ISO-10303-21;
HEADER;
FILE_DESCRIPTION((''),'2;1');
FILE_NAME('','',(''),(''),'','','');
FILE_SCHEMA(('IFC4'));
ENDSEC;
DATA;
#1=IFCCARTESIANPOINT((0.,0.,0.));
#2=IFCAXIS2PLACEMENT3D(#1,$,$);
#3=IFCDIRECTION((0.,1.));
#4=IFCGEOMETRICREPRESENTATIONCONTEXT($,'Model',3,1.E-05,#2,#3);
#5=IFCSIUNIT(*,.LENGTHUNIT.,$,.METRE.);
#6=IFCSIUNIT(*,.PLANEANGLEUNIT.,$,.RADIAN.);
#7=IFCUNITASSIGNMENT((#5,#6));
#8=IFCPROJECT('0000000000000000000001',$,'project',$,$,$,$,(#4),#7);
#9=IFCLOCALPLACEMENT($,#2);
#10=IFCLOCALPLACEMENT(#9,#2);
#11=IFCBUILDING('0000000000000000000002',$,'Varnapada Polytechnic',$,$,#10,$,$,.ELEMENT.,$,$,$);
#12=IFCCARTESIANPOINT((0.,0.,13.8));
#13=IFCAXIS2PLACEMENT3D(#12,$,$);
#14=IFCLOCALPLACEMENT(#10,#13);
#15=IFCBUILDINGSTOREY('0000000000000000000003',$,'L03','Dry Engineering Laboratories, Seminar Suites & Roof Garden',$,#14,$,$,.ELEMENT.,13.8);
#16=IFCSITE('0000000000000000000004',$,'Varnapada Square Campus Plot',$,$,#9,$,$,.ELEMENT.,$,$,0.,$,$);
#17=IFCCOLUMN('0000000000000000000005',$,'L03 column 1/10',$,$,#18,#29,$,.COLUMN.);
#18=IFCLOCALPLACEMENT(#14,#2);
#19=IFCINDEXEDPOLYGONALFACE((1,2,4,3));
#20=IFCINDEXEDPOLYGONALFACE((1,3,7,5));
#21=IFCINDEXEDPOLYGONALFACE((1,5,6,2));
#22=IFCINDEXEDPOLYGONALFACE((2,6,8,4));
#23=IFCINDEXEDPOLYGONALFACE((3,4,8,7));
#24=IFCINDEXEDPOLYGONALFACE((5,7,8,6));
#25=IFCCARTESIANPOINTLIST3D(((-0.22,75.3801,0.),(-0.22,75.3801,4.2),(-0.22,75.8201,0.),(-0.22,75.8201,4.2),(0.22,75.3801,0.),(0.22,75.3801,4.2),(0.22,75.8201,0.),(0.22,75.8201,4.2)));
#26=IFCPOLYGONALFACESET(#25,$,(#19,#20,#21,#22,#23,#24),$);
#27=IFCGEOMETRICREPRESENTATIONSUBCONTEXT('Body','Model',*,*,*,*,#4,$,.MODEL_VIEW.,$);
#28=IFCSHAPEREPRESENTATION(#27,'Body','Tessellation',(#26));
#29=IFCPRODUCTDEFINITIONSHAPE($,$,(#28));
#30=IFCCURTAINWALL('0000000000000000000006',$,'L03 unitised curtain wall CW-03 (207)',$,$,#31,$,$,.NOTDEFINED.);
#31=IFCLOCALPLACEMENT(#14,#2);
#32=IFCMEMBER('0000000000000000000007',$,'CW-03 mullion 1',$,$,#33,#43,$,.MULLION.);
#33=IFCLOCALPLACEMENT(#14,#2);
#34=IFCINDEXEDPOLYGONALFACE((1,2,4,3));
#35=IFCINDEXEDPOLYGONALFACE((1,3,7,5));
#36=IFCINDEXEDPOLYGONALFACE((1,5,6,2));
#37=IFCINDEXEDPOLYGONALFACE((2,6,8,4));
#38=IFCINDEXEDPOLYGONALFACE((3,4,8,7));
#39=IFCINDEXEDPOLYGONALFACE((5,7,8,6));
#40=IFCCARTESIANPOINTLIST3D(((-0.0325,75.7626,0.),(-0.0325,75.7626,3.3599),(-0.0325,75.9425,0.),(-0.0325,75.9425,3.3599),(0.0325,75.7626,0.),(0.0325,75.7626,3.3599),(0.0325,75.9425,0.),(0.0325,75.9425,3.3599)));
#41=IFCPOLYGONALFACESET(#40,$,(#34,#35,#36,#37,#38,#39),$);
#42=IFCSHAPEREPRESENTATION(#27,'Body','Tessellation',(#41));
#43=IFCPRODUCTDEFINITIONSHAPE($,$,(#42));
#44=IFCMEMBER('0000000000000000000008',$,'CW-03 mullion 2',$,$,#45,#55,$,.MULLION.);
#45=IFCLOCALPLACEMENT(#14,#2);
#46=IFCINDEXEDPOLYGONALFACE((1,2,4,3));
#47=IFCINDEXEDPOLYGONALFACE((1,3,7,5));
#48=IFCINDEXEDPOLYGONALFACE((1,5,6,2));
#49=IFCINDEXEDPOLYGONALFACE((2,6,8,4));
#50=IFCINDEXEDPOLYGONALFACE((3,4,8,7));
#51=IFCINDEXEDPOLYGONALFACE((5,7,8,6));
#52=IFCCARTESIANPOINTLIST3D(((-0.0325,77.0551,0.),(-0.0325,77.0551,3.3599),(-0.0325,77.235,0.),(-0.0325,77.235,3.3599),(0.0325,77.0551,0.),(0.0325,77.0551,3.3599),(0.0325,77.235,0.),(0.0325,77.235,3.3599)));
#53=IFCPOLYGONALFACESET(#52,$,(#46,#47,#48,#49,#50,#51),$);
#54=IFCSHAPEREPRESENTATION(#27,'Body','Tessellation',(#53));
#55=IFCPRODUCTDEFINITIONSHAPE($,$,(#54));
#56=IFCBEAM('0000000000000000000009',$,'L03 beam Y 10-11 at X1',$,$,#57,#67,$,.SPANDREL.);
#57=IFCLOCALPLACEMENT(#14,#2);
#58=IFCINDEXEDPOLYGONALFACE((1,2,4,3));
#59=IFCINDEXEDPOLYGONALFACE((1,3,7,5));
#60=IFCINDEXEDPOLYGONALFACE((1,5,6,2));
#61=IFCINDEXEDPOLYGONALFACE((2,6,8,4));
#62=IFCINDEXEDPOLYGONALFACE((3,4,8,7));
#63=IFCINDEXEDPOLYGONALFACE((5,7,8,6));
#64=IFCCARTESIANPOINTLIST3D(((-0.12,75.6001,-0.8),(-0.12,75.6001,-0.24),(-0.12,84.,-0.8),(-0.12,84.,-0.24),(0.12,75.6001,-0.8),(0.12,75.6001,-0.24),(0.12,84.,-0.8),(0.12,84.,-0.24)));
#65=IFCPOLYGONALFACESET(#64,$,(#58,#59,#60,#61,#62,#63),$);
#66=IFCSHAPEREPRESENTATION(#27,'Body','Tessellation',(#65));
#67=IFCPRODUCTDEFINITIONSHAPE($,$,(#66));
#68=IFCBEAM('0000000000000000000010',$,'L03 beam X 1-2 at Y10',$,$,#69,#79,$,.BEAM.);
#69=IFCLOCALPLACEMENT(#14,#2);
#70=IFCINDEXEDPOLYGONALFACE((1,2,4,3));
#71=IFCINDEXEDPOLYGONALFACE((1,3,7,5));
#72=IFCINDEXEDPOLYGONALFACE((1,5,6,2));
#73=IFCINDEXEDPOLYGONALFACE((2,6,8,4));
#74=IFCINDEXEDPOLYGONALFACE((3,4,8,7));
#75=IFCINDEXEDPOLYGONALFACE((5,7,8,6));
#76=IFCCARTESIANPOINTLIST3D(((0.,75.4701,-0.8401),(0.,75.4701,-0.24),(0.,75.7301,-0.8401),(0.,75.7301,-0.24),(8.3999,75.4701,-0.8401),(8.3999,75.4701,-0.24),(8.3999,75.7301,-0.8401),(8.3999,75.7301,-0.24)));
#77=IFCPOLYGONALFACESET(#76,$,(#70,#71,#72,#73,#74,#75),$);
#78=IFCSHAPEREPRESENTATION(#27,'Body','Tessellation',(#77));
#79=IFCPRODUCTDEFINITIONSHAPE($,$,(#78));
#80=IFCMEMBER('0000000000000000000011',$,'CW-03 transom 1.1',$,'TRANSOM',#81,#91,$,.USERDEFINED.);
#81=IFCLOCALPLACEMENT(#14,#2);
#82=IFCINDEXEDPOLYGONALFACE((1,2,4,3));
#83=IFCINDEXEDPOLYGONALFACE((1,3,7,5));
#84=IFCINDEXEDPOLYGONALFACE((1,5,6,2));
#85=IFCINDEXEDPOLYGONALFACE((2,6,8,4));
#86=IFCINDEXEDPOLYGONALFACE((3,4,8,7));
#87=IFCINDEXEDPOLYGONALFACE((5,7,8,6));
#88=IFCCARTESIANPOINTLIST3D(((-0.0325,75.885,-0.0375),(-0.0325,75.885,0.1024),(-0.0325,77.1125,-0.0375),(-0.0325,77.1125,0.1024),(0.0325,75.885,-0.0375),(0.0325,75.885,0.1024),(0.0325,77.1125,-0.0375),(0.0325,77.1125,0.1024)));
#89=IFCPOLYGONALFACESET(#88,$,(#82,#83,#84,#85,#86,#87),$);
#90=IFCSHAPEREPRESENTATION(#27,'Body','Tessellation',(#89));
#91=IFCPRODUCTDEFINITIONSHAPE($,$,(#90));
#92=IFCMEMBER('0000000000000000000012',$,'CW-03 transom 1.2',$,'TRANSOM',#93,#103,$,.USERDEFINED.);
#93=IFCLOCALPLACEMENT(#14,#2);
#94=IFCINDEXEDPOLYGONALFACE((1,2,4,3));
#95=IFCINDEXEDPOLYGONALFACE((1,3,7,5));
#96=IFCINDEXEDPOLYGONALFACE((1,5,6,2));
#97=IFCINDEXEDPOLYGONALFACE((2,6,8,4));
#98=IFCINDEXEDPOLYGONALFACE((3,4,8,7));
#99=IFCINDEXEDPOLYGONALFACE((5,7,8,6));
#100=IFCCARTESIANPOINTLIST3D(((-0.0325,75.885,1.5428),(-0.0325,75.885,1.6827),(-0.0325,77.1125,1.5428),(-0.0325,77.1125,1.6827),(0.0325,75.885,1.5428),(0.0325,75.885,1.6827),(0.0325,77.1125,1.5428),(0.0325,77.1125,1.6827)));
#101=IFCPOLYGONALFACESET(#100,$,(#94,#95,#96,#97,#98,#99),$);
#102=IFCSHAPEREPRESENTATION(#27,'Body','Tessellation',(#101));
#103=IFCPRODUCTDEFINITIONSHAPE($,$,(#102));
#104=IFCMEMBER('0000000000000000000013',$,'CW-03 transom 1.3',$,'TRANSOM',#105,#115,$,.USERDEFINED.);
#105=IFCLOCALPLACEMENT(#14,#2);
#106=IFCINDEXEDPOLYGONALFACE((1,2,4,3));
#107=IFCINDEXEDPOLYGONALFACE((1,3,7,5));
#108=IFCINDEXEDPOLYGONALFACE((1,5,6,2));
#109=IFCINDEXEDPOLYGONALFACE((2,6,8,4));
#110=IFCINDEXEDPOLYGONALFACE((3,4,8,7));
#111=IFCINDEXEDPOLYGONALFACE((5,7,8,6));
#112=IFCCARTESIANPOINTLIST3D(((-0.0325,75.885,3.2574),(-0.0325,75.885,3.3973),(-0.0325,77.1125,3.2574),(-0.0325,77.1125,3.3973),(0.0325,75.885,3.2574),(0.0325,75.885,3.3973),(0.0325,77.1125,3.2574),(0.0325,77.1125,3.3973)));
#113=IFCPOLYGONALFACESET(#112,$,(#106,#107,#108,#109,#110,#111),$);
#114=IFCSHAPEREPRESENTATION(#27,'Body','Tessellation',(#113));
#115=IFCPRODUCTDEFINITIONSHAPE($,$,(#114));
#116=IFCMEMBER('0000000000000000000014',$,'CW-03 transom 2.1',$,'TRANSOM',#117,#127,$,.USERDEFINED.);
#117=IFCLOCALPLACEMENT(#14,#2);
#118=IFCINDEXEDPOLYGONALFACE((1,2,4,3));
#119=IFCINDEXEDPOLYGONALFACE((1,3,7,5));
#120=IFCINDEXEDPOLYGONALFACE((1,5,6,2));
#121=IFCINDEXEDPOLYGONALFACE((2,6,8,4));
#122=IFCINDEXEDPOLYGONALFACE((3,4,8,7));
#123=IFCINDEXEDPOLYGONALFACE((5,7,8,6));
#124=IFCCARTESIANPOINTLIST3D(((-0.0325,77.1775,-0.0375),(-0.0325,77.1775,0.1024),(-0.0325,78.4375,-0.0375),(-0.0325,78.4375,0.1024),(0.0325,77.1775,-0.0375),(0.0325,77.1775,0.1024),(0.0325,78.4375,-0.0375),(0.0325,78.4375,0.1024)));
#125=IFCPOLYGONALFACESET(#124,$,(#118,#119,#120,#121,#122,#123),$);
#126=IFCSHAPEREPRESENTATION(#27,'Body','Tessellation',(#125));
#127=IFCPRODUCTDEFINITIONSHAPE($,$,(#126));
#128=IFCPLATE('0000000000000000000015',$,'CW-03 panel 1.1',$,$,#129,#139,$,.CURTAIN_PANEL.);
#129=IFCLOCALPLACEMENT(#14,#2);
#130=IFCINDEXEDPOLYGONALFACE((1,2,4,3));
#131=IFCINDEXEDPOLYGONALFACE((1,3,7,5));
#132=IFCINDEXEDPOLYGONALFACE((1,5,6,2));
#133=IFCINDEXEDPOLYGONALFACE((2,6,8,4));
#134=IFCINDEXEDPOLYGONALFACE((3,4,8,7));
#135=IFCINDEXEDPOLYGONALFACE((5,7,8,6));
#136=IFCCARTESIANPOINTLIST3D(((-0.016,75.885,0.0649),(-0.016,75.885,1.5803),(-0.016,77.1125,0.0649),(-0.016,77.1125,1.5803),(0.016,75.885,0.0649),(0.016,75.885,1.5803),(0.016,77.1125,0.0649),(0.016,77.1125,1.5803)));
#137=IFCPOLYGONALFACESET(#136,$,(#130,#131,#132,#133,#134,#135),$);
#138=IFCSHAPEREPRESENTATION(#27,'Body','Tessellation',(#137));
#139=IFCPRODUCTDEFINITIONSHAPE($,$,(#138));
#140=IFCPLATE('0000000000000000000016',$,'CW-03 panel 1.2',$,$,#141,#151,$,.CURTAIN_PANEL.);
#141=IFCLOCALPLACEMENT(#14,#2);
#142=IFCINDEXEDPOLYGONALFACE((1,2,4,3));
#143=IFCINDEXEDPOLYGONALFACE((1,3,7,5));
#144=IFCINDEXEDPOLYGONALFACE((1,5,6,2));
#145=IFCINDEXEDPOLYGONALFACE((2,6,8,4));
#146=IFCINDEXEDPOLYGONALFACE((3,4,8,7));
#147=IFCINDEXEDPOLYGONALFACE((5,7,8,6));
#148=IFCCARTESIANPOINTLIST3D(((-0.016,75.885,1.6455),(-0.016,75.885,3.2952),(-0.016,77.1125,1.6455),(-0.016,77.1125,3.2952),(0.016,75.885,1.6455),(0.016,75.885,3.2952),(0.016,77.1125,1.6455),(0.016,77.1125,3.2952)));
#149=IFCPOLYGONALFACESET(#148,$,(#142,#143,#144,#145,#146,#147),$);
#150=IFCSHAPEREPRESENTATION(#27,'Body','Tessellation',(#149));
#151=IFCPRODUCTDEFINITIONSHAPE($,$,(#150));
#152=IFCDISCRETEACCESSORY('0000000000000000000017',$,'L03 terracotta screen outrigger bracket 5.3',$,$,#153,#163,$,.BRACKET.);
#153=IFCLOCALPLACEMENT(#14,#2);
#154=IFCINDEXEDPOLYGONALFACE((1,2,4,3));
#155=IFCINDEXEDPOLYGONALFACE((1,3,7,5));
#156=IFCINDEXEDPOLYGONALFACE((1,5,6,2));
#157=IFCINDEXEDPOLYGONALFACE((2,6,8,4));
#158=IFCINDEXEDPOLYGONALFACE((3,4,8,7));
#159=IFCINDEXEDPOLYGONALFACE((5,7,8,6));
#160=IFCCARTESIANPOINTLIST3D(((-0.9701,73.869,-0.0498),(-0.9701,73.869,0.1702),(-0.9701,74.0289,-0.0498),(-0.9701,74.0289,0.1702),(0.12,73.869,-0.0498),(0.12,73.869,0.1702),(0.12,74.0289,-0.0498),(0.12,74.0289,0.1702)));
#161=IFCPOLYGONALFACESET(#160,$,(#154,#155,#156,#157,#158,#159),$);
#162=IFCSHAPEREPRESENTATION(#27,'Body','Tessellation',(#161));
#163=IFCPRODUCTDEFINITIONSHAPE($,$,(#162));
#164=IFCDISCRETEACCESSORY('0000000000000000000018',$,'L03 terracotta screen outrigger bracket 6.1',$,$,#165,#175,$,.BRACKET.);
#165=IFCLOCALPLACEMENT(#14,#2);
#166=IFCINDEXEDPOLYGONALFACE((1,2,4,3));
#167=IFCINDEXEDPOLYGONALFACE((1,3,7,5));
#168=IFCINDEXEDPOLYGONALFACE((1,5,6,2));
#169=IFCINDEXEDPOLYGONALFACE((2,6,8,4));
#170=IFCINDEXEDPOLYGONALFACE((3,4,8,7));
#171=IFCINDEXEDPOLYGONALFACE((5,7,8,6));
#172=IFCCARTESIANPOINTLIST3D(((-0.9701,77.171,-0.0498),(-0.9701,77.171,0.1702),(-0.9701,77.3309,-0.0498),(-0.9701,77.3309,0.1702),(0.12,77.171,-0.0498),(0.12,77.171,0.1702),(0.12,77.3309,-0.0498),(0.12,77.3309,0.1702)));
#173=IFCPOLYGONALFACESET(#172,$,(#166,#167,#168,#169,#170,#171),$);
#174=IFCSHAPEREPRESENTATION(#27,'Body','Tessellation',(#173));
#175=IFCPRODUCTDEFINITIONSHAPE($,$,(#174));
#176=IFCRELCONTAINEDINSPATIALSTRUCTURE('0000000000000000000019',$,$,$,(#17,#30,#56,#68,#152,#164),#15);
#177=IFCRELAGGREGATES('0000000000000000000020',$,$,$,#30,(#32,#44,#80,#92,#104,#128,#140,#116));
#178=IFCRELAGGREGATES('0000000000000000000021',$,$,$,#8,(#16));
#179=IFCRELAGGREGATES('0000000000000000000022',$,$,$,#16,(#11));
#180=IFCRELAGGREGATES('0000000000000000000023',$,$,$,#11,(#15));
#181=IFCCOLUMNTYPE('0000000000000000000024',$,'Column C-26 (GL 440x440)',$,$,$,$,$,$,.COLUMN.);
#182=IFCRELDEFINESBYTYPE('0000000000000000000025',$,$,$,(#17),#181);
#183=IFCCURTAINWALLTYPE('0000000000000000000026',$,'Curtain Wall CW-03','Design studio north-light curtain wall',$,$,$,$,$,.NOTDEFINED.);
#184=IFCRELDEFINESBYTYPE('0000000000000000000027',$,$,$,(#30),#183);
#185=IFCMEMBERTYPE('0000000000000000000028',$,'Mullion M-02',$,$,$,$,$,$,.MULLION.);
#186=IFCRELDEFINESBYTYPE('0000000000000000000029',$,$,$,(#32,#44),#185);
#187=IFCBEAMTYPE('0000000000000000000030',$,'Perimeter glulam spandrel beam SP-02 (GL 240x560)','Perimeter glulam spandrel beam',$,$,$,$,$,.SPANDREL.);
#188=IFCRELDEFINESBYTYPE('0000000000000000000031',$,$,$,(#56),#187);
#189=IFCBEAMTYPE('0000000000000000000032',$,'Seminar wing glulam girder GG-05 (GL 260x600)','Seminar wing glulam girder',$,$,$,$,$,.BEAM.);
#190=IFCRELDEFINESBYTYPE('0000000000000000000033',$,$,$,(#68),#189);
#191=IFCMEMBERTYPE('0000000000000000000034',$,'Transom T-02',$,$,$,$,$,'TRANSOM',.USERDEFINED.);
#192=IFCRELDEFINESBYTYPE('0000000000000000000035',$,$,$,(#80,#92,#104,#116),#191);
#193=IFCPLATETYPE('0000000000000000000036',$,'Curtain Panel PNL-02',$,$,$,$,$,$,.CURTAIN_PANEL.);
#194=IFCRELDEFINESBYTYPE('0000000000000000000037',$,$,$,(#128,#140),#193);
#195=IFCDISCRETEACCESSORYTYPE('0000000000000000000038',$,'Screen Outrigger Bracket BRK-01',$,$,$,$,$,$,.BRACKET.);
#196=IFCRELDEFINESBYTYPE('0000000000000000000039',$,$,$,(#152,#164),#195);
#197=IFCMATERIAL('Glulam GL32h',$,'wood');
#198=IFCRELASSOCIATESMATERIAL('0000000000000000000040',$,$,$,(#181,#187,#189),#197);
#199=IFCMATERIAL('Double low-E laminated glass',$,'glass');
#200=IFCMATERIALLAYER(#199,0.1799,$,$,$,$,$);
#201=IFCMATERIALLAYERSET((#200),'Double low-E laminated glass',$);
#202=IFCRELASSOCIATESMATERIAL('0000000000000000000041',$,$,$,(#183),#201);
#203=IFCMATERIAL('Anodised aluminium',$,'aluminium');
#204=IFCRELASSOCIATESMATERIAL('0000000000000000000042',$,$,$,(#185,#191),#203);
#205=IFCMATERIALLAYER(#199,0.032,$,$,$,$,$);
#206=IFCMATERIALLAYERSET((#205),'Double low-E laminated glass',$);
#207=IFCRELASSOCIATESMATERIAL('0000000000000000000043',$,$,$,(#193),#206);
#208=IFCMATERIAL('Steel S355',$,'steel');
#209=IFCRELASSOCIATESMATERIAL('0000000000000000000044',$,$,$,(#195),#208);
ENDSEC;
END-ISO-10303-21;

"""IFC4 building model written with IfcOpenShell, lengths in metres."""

from ifc_helpers import new_model, si_unit, direction, frame, origin, origin_2d, place, context, subcontext, project, spatial, rectangle, extrude, material, layer, layer_set, material_profile, profile_set, type_object, element, aggregate, save


model = new_model("IFC4")

# Units and contexts
model_context = context("Model", 3, precision=1e-05, world=origin(), true_north=direction((0.0, 1.0)))
body_context = subcontext(model_context, "Body", "Model", "MODEL_VIEW")
ifc_project = project(units=[si_unit("LENGTHUNIT", "METRE"), si_unit("PLANEANGLEUNIT", "RADIAN")], contexts=[model_context])

# Site, building, storey
site_placement = place(None, origin())
site = spatial("IfcSite", under=ifc_project, at=site_placement, Name="Varnapada Square Campus Plot", CompositionType="ELEMENT", RefElevation=0.0)
building_placement = place(site_placement, origin())
building = spatial("IfcBuilding", under=site, at=building_placement, Name="Varnapada Polytechnic", CompositionType="ELEMENT")
storey_placement = place(building_placement, frame((0.0, 0.0, 13.8)))
storey = spatial("IfcBuildingStorey", under=building, at=storey_placement, Name="L03", Description="Dry Engineering Laboratories, Seminar Suites & Roof Garden", CompositionType="ELEMENT", Elevation=13.8)

# Column
ifc_material_1 = material(Name="Glulam GL32h", Category="wood")
ifc_material_profile_1 = material_profile(ifc_material_1, rectangle(XDim=0.4399, YDim=0.4399, at=origin_2d()), Name="GL 440x440")
ifc_profile_set_1 = profile_set([ifc_material_profile_1], Name="Glulam GL32h")
column_type = type_object("IfcColumnType", Name="Column C-26 (GL 440x440)", PredefinedType="COLUMN", material=ifc_profile_set_1)
column_placement = place(storey_placement, frame((0.0, 75.6001, 0.0), z_axis=(0.0, 0.0, 1.0), x_axis=(1.0, 0.0, 0.0)))
element("IfcColumn", 1, at=column_placement, inside=storey, type_object=column_type, Name="L03 column 1/10", PredefinedType="COLUMN", context=body_context, shape_type="SweptSolid", body=[
    extrude(rectangle(XDim=0.4399, YDim=0.4399, at=origin_2d()), origin(), (0.0, 0.0, 1.0), 4.2),
])

# Curtain wall, members
ifc_material_2 = material(Name="Double low-E laminated glass", Category="glass")
ifc_layer_1 = layer(ifc_material_2, 0.1799)
ifc_layer_set_1 = layer_set([ifc_layer_1], Name="Double low-E laminated glass")
curtain_wall_type = type_object("IfcCurtainWallType", Name="Curtain Wall CW-03", Description="Design studio north-light curtain wall", PredefinedType="NOTDEFINED", material=ifc_layer_set_1)
curtain_wall_placement = place(storey_placement, origin())
curtain_wall = element("IfcCurtainWall", 2, at=curtain_wall_placement, inside=storey, type_object=curtain_wall_type, Name="L03 unitised curtain wall CW-03 (207)", PredefinedType="NOTDEFINED")
ifc_material_3 = material(Name="Anodised aluminium", Category="aluminium")
ifc_material_profile_2 = material_profile(ifc_material_3, rectangle(XDim=0.0649, YDim=0.1799, at=origin_2d()), Name="ALU M65x180")
ifc_profile_set_2 = profile_set([ifc_material_profile_2], Name="Anodised aluminium")
member_type_1 = type_object("IfcMemberType", Name="Mullion M-02", PredefinedType="MULLION", material=ifc_profile_set_2)
member_1_placement = place(storey_placement, frame((0.0, 75.8525, 0.0), z_axis=(0.0, 0.0, 1.0), x_axis=(-1.0, 0.0, 0.0)))
member_1 = element("IfcMember", 3, at=member_1_placement, type_object=member_type_1, Name="CW-03 mullion 1", PredefinedType="MULLION", context=body_context, shape_type="SweptSolid", body=[
    extrude(rectangle(XDim=0.0649, YDim=0.1799, at=origin_2d()), origin(), (0.0, 0.0, 1.0), 3.3599),
])
member_2_placement = place(storey_placement, frame((0.0, 77.145, 0.0), z_axis=(0.0, 0.0, 1.0), x_axis=(-1.0, 0.0, 0.0)))
member_2 = element("IfcMember", 4, at=member_2_placement, type_object=member_type_1, Name="CW-03 mullion 2", PredefinedType="MULLION", context=body_context, shape_type="SweptSolid", body=[
    extrude(rectangle(XDim=0.0649, YDim=0.1799, at=origin_2d()), origin(), (0.0, 0.0, 1.0), 3.3599),
])

# Beams
ifc_material_profile_3 = material_profile(ifc_material_1, rectangle(XDim=0.24, YDim=0.5601, at=origin_2d()), Name="GL 240x560")
ifc_profile_set_3 = profile_set([ifc_material_profile_3], Name="Glulam GL32h")
beam_type_1 = type_object("IfcBeamType", Name="Perimeter glulam spandrel beam SP-02 (GL 240x560)", Description="Perimeter glulam spandrel beam", PredefinedType="SPANDREL", material=ifc_profile_set_3)
beam_1_placement = place(storey_placement, frame((0.0, 75.6001, -0.52), z_axis=(0.0, 1.0, 0.0), x_axis=(-1.0, 0.0, 0.0)))
element("IfcBeam", 5, at=beam_1_placement, inside=storey, type_object=beam_type_1, Name="L03 beam Y 10-11 at X1", PredefinedType="SPANDREL", context=body_context, shape_type="SweptSolid", body=[
    extrude(rectangle(XDim=0.24, YDim=0.5601, at=origin_2d()), origin(), (0.0, 0.0, 1.0), 8.3999),
])
ifc_material_profile_4 = material_profile(ifc_material_1, rectangle(XDim=0.26, YDim=0.6001, at=origin_2d()), Name="GL 260x600")
ifc_profile_set_4 = profile_set([ifc_material_profile_4], Name="Glulam GL32h")
beam_type_2 = type_object("IfcBeamType", Name="Seminar wing glulam girder GG-05 (GL 260x600)", Description="Seminar wing glulam girder", PredefinedType="BEAM", material=ifc_profile_set_4)
beam_2_placement = place(storey_placement, frame((0.0, 75.6001, -0.54), z_axis=(1.0, 0.0, 0.0), x_axis=(0.0, 1.0, 0.0)))
element("IfcBeam", 6, at=beam_2_placement, inside=storey, type_object=beam_type_2, Name="L03 beam X 1-2 at Y10", PredefinedType="BEAM", context=body_context, shape_type="SweptSolid", body=[
    extrude(rectangle(XDim=0.26, YDim=0.6001, at=origin_2d()), origin(), (0.0, 0.0, 1.0), 8.3999),
])

# Members
ifc_material_profile_5 = material_profile(ifc_material_3, rectangle(XDim=0.0649, YDim=0.1399, at=origin_2d()), Name="ALU T65x140")
ifc_profile_set_5 = profile_set([ifc_material_profile_5], Name="Anodised aluminium")
member_type_2 = type_object("IfcMemberType", Name="Transom T-02", ElementType="TRANSOM", PredefinedType="USERDEFINED", material=ifc_profile_set_5)
member_3_placement = place(storey_placement, frame((0.0, 75.885, 0.0325), z_axis=(0.0, 1.0, 0.0), x_axis=(-1.0, 0.0, 0.0)))
member_3 = element("IfcMember", 7, at=member_3_placement, type_object=member_type_2, Name="CW-03 transom 1.1", ObjectType="TRANSOM", PredefinedType="USERDEFINED", context=body_context, shape_type="SweptSolid", body=[
    extrude(rectangle(XDim=0.0649, YDim=0.1399, at=origin_2d()), origin(), (0.0, 0.0, 1.0), 1.2275),
])
member_4_placement = place(storey_placement, frame((0.0, 75.885, 1.6128), z_axis=(0.0, 1.0, 0.0), x_axis=(-1.0, 0.0, 0.0)))
member_4 = element("IfcMember", 8, at=member_4_placement, type_object=member_type_2, Name="CW-03 transom 1.2", ObjectType="TRANSOM", PredefinedType="USERDEFINED", context=body_context, shape_type="SweptSolid", body=[
    extrude(rectangle(XDim=0.0649, YDim=0.1399, at=origin_2d()), origin(), (0.0, 0.0, 1.0), 1.2275),
])
member_5_placement = place(storey_placement, frame((0.0, 75.885, 3.3274), z_axis=(0.0, 1.0, 0.0), x_axis=(-1.0, 0.0, 0.0)))
member_5 = element("IfcMember", 9, at=member_5_placement, type_object=member_type_2, Name="CW-03 transom 1.3", ObjectType="TRANSOM", PredefinedType="USERDEFINED", context=body_context, shape_type="SweptSolid", body=[
    extrude(rectangle(XDim=0.0649, YDim=0.1399, at=origin_2d()), origin(), (0.0, 0.0, 1.0), 1.2275),
])
member_6_placement = place(storey_placement, frame((0.0, 77.1775, 0.0325), z_axis=(0.0, 1.0, 0.0), x_axis=(-1.0, 0.0, 0.0)))
member_6 = element("IfcMember", 10, at=member_6_placement, type_object=member_type_2, Name="CW-03 transom 2.1", ObjectType="TRANSOM", PredefinedType="USERDEFINED", context=body_context, shape_type="SweptSolid", body=[
    extrude(rectangle(XDim=0.0649, YDim=0.1399, at=origin_2d()), origin(), (0.0, 0.0, 1.0), 1.26),
])

# Plates
ifc_layer_2 = layer(ifc_material_2, 0.032)
ifc_layer_set_2 = layer_set([ifc_layer_2], Name="Double low-E laminated glass")
plate_type = type_object("IfcPlateType", Name="Curtain Panel PNL-02", PredefinedType="CURTAIN_PANEL", material=ifc_layer_set_2)
plate_1_placement = place(storey_placement, frame((0.0, 76.4988, 0.0649), z_axis=(0.0, 0.0, 1.0), x_axis=(0.0, 1.0, 0.0)))
plate_1 = element("IfcPlate", 11, at=plate_1_placement, type_object=plate_type, Name="CW-03 panel 1.1", PredefinedType="CURTAIN_PANEL", context=body_context, shape_type="SweptSolid", body=[
    extrude(rectangle(XDim=1.2275, YDim=0.032, at=origin_2d()), origin(), (0.0, 0.0, 1.0), 1.5154),
])
plate_2_placement = place(storey_placement, frame((0.0, 76.4988, 1.6455), z_axis=(0.0, 0.0, 1.0), x_axis=(0.0, 1.0, 0.0)))
plate_2 = element("IfcPlate", 12, at=plate_2_placement, type_object=plate_type, Name="CW-03 panel 1.2", PredefinedType="CURTAIN_PANEL", context=body_context, shape_type="SweptSolid", body=[
    extrude(rectangle(XDim=1.2275, YDim=0.032, at=origin_2d()), origin(), (0.0, 0.0, 1.0), 1.6497),
])
aggregate(curtain_wall, [member_1, member_2, member_3, member_4, member_5, plate_1, plate_2, member_6])

# Discrete accessories
ifc_material_4 = material(Name="Steel S355", Category="steel")
discrete_accessory_type = type_object("IfcDiscreteAccessoryType", Name="Screen Outrigger Bracket BRK-01", PredefinedType="BRACKET", material=ifc_material_4)
for number, where, z_axis, x_axis, name in (
    (13, (-0.425, 73.949, -0.0498), (0.0, 0.0, 1.0), (0.0, 1.0, 0.0), "L03 terracotta screen outrigger bracket 5.3"),
    (14, (-0.425, 77.251, -0.0498), (0.0, 0.0, 1.0), (0.0, 1.0, 0.0), "L03 terracotta screen outrigger bracket 6.1"),
):
    element("IfcDiscreteAccessory", number, at=place(storey_placement, frame(where, z_axis=z_axis, x_axis=x_axis)), inside=storey, type_object=discrete_accessory_type, Name=name, PredefinedType="BRACKET", context=body_context, shape_type="SweptSolid", body=[
        extrude(rectangle(XDim=0.1599, YDim=1.0901, at=origin_2d()), origin(), (0.0, 0.0, 1.0), 0.22),
    ])

save(model, "model.ifc")
